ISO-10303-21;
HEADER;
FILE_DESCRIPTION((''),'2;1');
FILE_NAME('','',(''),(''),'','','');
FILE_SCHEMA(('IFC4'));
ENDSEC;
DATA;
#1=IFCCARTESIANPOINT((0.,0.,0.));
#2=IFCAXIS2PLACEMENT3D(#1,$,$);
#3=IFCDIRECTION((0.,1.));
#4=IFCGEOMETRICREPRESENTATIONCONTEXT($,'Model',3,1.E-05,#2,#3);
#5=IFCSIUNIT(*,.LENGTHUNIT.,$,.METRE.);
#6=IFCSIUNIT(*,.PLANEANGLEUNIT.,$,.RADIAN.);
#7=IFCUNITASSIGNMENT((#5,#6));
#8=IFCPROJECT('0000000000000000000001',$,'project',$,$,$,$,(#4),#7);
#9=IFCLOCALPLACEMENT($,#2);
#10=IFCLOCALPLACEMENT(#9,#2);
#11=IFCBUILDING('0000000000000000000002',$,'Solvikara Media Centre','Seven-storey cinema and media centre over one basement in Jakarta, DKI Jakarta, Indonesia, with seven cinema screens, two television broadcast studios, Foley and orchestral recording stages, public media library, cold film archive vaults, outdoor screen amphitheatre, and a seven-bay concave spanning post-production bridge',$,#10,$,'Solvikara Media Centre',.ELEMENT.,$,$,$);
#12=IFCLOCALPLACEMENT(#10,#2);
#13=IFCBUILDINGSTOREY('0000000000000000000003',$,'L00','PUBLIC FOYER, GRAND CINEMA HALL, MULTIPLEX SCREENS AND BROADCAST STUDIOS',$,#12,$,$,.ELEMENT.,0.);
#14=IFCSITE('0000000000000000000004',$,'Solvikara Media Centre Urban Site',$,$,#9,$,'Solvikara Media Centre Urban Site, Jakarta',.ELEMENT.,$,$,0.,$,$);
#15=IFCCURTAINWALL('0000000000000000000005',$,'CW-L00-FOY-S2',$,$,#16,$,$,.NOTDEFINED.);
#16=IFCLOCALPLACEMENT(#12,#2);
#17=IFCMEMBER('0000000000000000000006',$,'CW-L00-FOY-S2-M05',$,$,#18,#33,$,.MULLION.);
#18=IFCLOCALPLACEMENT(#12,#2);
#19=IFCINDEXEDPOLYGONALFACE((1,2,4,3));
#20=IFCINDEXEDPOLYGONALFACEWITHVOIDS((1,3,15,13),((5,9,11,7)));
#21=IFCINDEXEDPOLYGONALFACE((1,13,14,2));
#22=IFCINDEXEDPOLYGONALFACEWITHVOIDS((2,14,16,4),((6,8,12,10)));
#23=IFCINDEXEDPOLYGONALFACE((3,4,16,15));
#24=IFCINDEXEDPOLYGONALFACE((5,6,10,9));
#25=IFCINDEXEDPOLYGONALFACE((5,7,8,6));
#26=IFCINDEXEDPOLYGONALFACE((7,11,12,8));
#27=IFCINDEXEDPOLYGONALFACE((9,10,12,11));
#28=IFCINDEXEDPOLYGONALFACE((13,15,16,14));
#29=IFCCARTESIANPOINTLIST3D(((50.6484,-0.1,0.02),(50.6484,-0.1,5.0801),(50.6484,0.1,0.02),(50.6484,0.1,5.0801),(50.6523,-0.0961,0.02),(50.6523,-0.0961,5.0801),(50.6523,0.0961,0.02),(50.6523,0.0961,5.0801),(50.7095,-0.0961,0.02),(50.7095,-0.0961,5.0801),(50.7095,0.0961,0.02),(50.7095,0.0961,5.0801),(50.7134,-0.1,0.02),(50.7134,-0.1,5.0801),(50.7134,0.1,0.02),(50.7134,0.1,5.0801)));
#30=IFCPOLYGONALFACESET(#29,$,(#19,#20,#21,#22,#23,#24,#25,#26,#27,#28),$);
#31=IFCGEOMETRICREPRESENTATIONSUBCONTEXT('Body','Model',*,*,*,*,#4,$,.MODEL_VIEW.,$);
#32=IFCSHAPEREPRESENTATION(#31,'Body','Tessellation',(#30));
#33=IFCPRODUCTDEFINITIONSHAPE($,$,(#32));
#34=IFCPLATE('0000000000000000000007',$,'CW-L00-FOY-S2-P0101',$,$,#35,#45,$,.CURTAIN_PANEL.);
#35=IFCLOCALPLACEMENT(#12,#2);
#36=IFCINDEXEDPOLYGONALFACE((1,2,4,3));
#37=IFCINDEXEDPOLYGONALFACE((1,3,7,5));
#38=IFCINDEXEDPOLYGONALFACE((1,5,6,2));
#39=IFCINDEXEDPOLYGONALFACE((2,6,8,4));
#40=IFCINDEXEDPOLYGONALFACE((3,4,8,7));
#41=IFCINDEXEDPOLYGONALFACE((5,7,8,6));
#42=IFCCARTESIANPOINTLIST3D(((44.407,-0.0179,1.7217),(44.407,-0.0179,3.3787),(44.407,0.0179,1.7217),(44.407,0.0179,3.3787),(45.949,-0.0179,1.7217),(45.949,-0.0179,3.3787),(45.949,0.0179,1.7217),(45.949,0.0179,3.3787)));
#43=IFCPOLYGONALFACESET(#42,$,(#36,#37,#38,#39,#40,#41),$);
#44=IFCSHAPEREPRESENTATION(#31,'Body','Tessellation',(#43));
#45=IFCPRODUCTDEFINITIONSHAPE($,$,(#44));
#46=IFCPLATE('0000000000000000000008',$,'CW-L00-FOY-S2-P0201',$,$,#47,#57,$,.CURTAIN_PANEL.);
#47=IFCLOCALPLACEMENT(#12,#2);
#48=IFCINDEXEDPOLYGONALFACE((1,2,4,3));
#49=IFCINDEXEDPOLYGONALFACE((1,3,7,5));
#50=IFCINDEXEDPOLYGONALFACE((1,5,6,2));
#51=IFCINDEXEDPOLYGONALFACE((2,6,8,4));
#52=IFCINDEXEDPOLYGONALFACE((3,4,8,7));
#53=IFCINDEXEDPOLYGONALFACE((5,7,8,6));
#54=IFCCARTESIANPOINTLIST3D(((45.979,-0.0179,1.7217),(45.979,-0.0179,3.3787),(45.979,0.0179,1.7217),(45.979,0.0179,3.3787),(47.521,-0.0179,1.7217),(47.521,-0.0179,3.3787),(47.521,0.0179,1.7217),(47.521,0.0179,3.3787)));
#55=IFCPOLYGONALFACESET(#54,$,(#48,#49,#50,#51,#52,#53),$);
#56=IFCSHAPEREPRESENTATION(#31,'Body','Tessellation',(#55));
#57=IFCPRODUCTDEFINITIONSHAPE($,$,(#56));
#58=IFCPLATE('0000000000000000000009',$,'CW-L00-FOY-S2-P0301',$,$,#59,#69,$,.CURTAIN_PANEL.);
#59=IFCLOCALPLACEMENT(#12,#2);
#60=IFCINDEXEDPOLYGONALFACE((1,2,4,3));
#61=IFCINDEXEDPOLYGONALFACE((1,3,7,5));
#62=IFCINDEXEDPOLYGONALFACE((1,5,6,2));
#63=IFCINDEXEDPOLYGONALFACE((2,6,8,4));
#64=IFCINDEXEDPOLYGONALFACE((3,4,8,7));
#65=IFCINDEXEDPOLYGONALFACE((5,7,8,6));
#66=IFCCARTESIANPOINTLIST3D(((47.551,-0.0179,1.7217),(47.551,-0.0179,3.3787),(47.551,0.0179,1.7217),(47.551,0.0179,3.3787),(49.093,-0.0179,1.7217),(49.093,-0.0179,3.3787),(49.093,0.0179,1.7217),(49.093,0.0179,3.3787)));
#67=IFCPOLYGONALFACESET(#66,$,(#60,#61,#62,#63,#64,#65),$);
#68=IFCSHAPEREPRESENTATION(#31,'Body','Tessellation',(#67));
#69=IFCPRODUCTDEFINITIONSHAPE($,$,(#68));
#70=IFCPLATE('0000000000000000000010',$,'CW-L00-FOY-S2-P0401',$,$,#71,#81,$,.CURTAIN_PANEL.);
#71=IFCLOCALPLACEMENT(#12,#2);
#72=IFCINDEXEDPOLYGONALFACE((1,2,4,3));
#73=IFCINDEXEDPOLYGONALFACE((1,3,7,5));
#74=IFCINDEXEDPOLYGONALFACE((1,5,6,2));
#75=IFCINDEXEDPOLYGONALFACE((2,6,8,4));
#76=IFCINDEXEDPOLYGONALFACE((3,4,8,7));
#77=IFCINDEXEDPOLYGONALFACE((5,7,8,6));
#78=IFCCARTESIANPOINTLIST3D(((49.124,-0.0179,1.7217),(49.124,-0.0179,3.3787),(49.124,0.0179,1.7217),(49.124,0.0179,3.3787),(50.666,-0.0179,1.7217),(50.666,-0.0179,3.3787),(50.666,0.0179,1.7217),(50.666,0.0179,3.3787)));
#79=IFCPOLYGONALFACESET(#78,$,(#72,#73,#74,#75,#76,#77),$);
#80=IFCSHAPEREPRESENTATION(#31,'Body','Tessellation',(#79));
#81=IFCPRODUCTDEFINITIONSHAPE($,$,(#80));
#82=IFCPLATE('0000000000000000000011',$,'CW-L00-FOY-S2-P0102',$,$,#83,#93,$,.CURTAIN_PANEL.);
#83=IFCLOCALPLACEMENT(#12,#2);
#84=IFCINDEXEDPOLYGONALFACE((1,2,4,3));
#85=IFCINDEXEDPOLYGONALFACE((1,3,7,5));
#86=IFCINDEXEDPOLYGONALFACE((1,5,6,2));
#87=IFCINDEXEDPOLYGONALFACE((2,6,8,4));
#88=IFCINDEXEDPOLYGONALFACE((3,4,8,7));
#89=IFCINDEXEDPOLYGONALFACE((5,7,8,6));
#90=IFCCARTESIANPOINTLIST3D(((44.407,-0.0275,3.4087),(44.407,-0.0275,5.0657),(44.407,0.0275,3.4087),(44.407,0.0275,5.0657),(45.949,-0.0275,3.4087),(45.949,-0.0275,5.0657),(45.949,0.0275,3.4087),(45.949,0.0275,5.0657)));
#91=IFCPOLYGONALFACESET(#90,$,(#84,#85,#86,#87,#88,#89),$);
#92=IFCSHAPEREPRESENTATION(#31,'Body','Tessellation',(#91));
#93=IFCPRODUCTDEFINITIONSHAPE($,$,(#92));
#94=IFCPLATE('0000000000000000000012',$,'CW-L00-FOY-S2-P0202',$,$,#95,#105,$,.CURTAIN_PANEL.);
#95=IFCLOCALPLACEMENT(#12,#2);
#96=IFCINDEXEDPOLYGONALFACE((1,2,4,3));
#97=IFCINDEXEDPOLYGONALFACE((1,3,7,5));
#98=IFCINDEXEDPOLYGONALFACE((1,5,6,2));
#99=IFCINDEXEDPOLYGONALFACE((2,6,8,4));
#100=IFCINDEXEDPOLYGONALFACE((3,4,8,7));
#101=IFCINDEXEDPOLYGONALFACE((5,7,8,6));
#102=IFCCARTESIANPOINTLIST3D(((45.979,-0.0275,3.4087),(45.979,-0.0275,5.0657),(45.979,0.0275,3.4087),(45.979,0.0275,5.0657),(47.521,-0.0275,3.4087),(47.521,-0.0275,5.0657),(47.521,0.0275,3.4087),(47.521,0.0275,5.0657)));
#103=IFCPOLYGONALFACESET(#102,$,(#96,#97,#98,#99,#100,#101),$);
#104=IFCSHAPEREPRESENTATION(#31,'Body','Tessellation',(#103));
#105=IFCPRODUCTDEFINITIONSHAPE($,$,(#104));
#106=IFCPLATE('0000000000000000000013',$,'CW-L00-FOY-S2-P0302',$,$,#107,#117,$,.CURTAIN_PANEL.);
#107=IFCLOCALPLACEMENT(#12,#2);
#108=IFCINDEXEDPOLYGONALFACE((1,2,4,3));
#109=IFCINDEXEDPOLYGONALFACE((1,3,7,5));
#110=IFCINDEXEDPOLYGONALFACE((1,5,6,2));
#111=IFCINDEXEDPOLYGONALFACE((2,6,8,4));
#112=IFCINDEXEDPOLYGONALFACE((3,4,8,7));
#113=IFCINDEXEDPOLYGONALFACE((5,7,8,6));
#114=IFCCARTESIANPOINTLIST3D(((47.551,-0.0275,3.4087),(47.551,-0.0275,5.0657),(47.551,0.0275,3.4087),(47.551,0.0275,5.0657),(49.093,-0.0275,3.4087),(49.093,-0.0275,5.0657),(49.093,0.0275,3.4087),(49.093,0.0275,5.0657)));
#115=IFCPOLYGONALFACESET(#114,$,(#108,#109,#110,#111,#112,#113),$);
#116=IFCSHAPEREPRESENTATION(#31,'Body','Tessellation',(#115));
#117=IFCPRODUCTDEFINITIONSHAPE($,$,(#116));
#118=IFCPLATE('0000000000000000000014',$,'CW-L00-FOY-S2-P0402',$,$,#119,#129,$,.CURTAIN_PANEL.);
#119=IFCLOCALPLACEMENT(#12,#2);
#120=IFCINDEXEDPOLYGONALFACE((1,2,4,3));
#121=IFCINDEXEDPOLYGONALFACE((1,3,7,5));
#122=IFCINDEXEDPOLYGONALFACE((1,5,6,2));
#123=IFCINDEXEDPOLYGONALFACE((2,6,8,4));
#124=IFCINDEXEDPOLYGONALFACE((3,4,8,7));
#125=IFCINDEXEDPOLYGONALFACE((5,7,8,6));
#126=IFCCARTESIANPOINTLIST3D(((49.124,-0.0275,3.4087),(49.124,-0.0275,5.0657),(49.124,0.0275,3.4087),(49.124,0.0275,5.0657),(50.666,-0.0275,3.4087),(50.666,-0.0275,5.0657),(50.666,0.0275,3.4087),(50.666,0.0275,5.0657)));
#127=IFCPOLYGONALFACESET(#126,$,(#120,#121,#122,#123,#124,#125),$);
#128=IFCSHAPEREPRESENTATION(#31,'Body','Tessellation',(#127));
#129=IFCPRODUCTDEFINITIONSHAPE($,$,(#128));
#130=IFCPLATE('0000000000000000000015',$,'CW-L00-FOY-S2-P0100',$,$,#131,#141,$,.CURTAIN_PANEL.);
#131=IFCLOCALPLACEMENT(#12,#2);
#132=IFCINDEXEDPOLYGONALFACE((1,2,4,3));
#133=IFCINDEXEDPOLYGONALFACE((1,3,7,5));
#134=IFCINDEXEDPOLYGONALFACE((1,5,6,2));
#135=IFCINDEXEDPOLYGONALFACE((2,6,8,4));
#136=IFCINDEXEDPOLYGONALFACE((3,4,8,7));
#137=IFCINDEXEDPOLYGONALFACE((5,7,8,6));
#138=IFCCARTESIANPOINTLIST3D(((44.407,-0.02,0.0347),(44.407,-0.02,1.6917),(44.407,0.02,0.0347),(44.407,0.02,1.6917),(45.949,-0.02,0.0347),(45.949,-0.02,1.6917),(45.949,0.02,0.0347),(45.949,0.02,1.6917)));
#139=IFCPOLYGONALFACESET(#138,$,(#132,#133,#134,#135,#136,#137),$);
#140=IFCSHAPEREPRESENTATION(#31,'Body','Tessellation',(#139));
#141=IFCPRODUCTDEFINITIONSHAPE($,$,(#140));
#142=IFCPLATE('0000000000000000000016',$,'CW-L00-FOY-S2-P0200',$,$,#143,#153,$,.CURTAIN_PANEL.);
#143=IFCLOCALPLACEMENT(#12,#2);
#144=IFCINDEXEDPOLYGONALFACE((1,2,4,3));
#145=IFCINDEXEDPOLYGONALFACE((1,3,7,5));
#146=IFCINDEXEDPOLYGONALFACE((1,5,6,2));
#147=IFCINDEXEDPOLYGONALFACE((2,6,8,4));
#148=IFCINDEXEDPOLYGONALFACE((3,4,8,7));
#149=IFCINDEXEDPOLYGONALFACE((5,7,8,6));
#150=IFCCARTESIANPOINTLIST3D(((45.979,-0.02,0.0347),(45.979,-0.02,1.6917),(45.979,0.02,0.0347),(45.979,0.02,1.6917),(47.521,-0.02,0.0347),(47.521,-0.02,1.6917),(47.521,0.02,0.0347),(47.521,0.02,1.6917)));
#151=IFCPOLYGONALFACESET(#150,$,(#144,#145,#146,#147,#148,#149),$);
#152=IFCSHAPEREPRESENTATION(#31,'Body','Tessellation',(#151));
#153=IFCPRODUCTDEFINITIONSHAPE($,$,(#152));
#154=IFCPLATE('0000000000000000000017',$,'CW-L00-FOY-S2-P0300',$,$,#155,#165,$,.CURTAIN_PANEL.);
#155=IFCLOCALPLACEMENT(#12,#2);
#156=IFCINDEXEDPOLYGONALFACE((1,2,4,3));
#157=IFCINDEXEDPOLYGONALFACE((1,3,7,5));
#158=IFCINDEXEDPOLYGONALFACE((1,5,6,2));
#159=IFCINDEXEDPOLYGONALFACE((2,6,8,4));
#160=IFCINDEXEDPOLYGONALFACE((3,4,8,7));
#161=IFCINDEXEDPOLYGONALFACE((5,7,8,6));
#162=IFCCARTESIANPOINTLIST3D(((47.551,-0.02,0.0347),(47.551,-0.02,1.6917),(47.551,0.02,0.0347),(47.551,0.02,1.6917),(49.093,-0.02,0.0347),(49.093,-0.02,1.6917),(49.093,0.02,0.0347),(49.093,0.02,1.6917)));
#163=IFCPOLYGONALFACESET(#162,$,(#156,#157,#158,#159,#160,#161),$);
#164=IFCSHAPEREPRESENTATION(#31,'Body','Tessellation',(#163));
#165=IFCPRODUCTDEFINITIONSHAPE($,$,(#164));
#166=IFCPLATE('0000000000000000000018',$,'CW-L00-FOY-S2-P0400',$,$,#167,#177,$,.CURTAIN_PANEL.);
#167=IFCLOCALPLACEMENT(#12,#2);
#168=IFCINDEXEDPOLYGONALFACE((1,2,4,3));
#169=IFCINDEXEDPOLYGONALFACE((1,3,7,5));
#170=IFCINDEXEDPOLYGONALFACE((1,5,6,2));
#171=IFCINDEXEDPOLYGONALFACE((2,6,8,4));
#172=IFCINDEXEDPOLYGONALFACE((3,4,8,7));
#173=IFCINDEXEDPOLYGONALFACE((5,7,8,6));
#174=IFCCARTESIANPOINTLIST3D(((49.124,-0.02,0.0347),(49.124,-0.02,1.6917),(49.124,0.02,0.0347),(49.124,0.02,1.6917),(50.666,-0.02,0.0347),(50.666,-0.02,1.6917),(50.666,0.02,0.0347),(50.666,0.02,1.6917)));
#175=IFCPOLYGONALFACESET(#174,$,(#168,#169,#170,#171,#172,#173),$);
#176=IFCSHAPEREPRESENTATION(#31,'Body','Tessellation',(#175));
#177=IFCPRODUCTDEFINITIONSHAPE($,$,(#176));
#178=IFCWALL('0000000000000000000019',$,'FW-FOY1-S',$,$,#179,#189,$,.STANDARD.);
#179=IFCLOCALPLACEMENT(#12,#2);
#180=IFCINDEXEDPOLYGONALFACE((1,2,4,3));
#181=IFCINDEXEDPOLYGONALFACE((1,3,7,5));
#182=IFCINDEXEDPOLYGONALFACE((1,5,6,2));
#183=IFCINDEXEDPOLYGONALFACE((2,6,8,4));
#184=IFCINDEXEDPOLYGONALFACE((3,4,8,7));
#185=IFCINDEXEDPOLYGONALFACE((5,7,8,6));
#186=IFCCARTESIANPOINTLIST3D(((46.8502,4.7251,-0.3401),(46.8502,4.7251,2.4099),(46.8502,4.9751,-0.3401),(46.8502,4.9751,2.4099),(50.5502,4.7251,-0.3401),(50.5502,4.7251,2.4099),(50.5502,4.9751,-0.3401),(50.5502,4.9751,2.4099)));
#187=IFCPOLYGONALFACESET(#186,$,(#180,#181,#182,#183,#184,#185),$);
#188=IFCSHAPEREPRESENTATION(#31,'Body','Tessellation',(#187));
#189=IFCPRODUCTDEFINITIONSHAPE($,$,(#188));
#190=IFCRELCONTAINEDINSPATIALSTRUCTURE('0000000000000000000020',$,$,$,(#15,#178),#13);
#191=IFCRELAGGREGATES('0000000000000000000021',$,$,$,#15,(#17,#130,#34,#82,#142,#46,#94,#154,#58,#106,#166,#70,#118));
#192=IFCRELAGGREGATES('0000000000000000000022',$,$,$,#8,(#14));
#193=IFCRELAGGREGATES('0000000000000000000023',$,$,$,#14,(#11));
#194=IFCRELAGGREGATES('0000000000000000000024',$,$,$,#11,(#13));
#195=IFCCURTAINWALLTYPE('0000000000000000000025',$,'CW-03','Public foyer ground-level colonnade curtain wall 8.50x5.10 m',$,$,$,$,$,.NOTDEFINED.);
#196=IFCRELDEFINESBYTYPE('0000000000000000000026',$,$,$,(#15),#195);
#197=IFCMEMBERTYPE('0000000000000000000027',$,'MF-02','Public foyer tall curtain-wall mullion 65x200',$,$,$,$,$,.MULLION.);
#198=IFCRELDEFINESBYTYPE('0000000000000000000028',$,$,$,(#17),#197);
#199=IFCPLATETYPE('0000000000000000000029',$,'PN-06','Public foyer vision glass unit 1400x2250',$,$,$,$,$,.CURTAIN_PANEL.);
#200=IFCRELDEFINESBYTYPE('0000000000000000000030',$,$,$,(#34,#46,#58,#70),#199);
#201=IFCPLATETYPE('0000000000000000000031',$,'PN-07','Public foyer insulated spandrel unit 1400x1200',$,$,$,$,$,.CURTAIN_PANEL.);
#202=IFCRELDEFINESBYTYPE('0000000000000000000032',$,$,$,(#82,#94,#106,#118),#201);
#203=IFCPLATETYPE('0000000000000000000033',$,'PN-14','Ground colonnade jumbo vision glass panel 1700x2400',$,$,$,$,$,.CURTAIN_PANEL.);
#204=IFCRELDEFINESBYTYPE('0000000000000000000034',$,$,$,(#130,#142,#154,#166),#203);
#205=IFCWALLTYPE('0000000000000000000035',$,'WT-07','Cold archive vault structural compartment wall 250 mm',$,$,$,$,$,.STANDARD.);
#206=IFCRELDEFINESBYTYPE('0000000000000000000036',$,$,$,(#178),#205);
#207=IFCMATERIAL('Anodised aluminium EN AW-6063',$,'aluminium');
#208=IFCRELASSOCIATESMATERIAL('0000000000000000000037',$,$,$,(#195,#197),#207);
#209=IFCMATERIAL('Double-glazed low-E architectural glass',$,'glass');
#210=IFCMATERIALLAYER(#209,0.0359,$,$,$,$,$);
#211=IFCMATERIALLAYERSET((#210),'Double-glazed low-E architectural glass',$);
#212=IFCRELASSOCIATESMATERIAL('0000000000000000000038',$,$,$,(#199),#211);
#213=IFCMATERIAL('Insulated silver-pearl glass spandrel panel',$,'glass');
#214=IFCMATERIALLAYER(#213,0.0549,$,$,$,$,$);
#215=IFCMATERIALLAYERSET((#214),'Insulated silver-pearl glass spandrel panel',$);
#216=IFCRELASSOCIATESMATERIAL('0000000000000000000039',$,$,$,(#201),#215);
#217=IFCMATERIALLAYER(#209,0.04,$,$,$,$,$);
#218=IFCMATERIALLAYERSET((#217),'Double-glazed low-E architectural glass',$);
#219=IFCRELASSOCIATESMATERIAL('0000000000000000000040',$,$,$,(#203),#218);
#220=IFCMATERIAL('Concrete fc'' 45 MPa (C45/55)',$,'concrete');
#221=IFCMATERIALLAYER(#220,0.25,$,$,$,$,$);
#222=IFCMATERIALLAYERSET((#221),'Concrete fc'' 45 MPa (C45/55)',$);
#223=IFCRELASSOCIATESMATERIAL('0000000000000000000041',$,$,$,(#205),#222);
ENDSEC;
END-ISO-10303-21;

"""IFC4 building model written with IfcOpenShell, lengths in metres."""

from ifc_helpers import new_model, si_unit, direction, frame, frame_2d, origin, origin_2d, place, context, subcontext, project, spatial, rectangle, hollow_rectangle, extrude, material, layer, layer_set, material_profile, profile_set, type_object, element, aggregate, save


model = new_model("IFC4")

# Units and contexts
model_context = context("Model", 3, precision=1e-05, world=origin(), true_north=direction((0.0, 1.0)))
body_context = subcontext(model_context, "Body", "Model", "MODEL_VIEW")
ifc_project = project(units=[si_unit("LENGTHUNIT", "METRE"), si_unit("PLANEANGLEUNIT", "RADIAN")], contexts=[model_context])

# Site, building, storey
site_placement = place(None, origin())
site = spatial("IfcSite", under=ifc_project, at=site_placement, Name="Solvikara Media Centre Urban Site", LongName="Solvikara Media Centre Urban Site, Jakarta", CompositionType="ELEMENT", RefElevation=0.0)
building_placement = place(site_placement, origin())
building = spatial("IfcBuilding", under=site, at=building_placement, Name="Solvikara Media Centre", Description="Seven-storey cinema and media centre over one basement in Jakarta, DKI Jakarta, Indonesia, with seven cinema screens, two television broadcast studios, Foley and orchestral recording stages, public media library, cold film archive vaults, outdoor screen amphitheatre, and a seven-bay concave spanning post-production bridge", LongName="Solvikara Media Centre", CompositionType="ELEMENT")
storey_placement = place(building_placement, origin())
storey = spatial("IfcBuildingStorey", under=building, at=storey_placement, Name="L00", Description="PUBLIC FOYER, GRAND CINEMA HALL, MULTIPLEX SCREENS AND BROADCAST STUDIOS", CompositionType="ELEMENT", Elevation=0.0)

# Curtain wall, member, plates
ifc_material_1 = material(Name="Anodised aluminium EN AW-6063", Category="aluminium")
curtain_wall_type = type_object("IfcCurtainWallType", Name="CW-03", Description="Public foyer ground-level colonnade curtain wall 8.50x5.10 m", PredefinedType="NOTDEFINED", material=ifc_material_1)
curtain_wall_placement = place(storey_placement, origin())
curtain_wall = element("IfcCurtainWall", 1, at=curtain_wall_placement, inside=storey, type_object=curtain_wall_type, Name="CW-L00-FOY-S2", PredefinedType="NOTDEFINED")
ifc_material_profile_1 = material_profile(ifc_material_1, hollow_rectangle(XDim=0.0649, YDim=0.2, WallThickness=0.0039, at=origin_2d()), Name="ALU-M 65x200x4")
ifc_profile_set_1 = profile_set([ifc_material_profile_1], Name="Anodised aluminium EN AW-6063")
member_type = type_object("IfcMemberType", Name="MF-02", Description="Public foyer tall curtain-wall mullion 65x200", PredefinedType="MULLION", material=ifc_profile_set_1)
member_1_placement = place(storey_placement, frame((50.6809, 0.0, 0.02), z_axis=(0.0, 0.0, 1.0), x_axis=(1.0, 0.0, 0.0)))
member_1 = element("IfcMember", 2, at=member_1_placement, type_object=member_type, Name="CW-L00-FOY-S2-M05", PredefinedType="MULLION", context=body_context, shape_type="SweptSolid", body=[
    extrude(hollow_rectangle(XDim=0.0649, YDim=0.2, WallThickness=0.0039, at=origin_2d()), origin(), (0.0, 0.0, 1.0), 5.0601),
])
ifc_material_2 = material(Name="Double-glazed low-E architectural glass", Category="glass")
ifc_layer_1 = layer(ifc_material_2, 0.0359)
ifc_layer_set_1 = layer_set([ifc_layer_1], Name="Double-glazed low-E architectural glass")
plate_type_1 = type_object("IfcPlateType", Name="PN-06", Description="Public foyer vision glass unit 1400x2250", PredefinedType="CURTAIN_PANEL", material=ifc_layer_set_1)
plate_1_placement = place(storey_placement, frame((45.178, 0.0, 1.7217), z_axis=(0.0, 0.0, 1.0), x_axis=(1.0, 0.0, 0.0)))
plate_1 = element("IfcPlate", 3, at=plate_1_placement, type_object=plate_type_1, Name="CW-L00-FOY-S2-P0101", PredefinedType="CURTAIN_PANEL", context=body_context, shape_type="SweptSolid", body=[
    extrude(rectangle(XDim=1.542, YDim=0.0359, at=origin_2d()), origin(), (0.0, 0.0, 1.0), 1.657),
])
plate_2_placement = place(storey_placement, frame((46.75, 0.0, 1.7217), z_axis=(0.0, 0.0, 1.0), x_axis=(1.0, 0.0, 0.0)))
plate_2 = element("IfcPlate", 4, at=plate_2_placement, type_object=plate_type_1, Name="CW-L00-FOY-S2-P0201", PredefinedType="CURTAIN_PANEL", context=body_context, shape_type="SweptSolid", body=[
    extrude(rectangle(XDim=1.542, YDim=0.0359, at=origin_2d()), origin(), (0.0, 0.0, 1.0), 1.657),
])
plate_3_placement = place(storey_placement, frame((48.322, 0.0, 1.7217), z_axis=(0.0, 0.0, 1.0), x_axis=(1.0, 0.0, 0.0)))
plate_3 = element("IfcPlate", 5, at=plate_3_placement, type_object=plate_type_1, Name="CW-L00-FOY-S2-P0301", PredefinedType="CURTAIN_PANEL", context=body_context, shape_type="SweptSolid", body=[
    extrude(rectangle(XDim=1.542, YDim=0.0359, at=origin_2d()), origin(), (0.0, 0.0, 1.0), 1.657),
])
plate_4_placement = place(storey_placement, frame((49.895, 0.0, 1.7217), z_axis=(0.0, 0.0, 1.0), x_axis=(1.0, 0.0, 0.0)))
plate_4 = element("IfcPlate", 6, at=plate_4_placement, type_object=plate_type_1, Name="CW-L00-FOY-S2-P0401", PredefinedType="CURTAIN_PANEL", context=body_context, shape_type="SweptSolid", body=[
    extrude(rectangle(XDim=1.542, YDim=0.0359, at=origin_2d()), origin(), (0.0, 0.0, 1.0), 1.657),
])
ifc_material_3 = material(Name="Insulated silver-pearl glass spandrel panel", Category="glass")
ifc_layer_2 = layer(ifc_material_3, 0.0549)
ifc_layer_set_2 = layer_set([ifc_layer_2], Name="Insulated silver-pearl glass spandrel panel")
plate_type_2 = type_object("IfcPlateType", Name="PN-07", Description="Public foyer insulated spandrel unit 1400x1200", PredefinedType="CURTAIN_PANEL", material=ifc_layer_set_2)
plate_5_placement = place(storey_placement, frame((45.178, 0.0, 3.4087), z_axis=(0.0, 0.0, 1.0), x_axis=(1.0, 0.0, 0.0)))
plate_5 = element("IfcPlate", 7, at=plate_5_placement, type_object=plate_type_2, Name="CW-L00-FOY-S2-P0102", PredefinedType="CURTAIN_PANEL", context=body_context, shape_type="SweptSolid", body=[
    extrude(rectangle(XDim=1.542, YDim=0.0549, at=origin_2d()), origin(), (0.0, 0.0, 1.0), 1.657),
])
plate_6_placement = place(storey_placement, frame((46.75, 0.0, 3.4087), z_axis=(0.0, 0.0, 1.0), x_axis=(1.0, 0.0, 0.0)))
plate_6 = element("IfcPlate", 8, at=plate_6_placement, type_object=plate_type_2, Name="CW-L00-FOY-S2-P0202", PredefinedType="CURTAIN_PANEL", context=body_context, shape_type="SweptSolid", body=[
    extrude(rectangle(XDim=1.542, YDim=0.0549, at=origin_2d()), origin(), (0.0, 0.0, 1.0), 1.657),
])
plate_7_placement = place(storey_placement, frame((48.322, 0.0, 3.4087), z_axis=(0.0, 0.0, 1.0), x_axis=(1.0, 0.0, 0.0)))
plate_7 = element("IfcPlate", 9, at=plate_7_placement, type_object=plate_type_2, Name="CW-L00-FOY-S2-P0302", PredefinedType="CURTAIN_PANEL", context=body_context, shape_type="SweptSolid", body=[
    extrude(rectangle(XDim=1.542, YDim=0.0549, at=origin_2d()), origin(), (0.0, 0.0, 1.0), 1.657),
])
plate_8_placement = place(storey_placement, frame((49.895, 0.0, 3.4087), z_axis=(0.0, 0.0, 1.0), x_axis=(1.0, 0.0, 0.0)))
plate_8 = element("IfcPlate", 10, at=plate_8_placement, type_object=plate_type_2, Name="CW-L00-FOY-S2-P0402", PredefinedType="CURTAIN_PANEL", context=body_context, shape_type="SweptSolid", body=[
    extrude(rectangle(XDim=1.542, YDim=0.0549, at=origin_2d()), origin(), (0.0, 0.0, 1.0), 1.657),
])
ifc_layer_3 = layer(ifc_material_2, 0.04)
ifc_layer_set_3 = layer_set([ifc_layer_3], Name="Double-glazed low-E architectural glass")
plate_type_3 = type_object("IfcPlateType", Name="PN-14", Description="Ground colonnade jumbo vision glass panel 1700x2400", PredefinedType="CURTAIN_PANEL", material=ifc_layer_set_3)
plate_9_placement = place(storey_placement, frame((45.178, 0.0, 0.0347), z_axis=(0.0, 0.0, 1.0), x_axis=(1.0, 0.0, 0.0)))
plate_9 = element("IfcPlate", 11, at=plate_9_placement, type_object=plate_type_3, Name="CW-L00-FOY-S2-P0100", PredefinedType="CURTAIN_PANEL", context=body_context, shape_type="SweptSolid", body=[
    extrude(rectangle(XDim=1.542, YDim=0.04, at=origin_2d()), origin(), (0.0, 0.0, 1.0), 1.657),
])
plate_10_placement = place(storey_placement, frame((46.75, 0.0, 0.0347), z_axis=(0.0, 0.0, 1.0), x_axis=(1.0, 0.0, 0.0)))
plate_10 = element("IfcPlate", 12, at=plate_10_placement, type_object=plate_type_3, Name="CW-L00-FOY-S2-P0200", PredefinedType="CURTAIN_PANEL", context=body_context, shape_type="SweptSolid", body=[
    extrude(rectangle(XDim=1.542, YDim=0.04, at=origin_2d()), origin(), (0.0, 0.0, 1.0), 1.657),
])
plate_11_placement = place(storey_placement, frame((48.322, 0.0, 0.0347), z_axis=(0.0, 0.0, 1.0), x_axis=(1.0, 0.0, 0.0)))
plate_11 = element("IfcPlate", 13, at=plate_11_placement, type_object=plate_type_3, Name="CW-L00-FOY-S2-P0300", PredefinedType="CURTAIN_PANEL", context=body_context, shape_type="SweptSolid", body=[
    extrude(rectangle(XDim=1.542, YDim=0.04, at=origin_2d()), origin(), (0.0, 0.0, 1.0), 1.657),
])
plate_12_placement = place(storey_placement, frame((49.895, 0.0, 0.0347), z_axis=(0.0, 0.0, 1.0), x_axis=(1.0, 0.0, 0.0)))
plate_12 = element("IfcPlate", 14, at=plate_12_placement, type_object=plate_type_3, Name="CW-L00-FOY-S2-P0400", PredefinedType="CURTAIN_PANEL", context=body_context, shape_type="SweptSolid", body=[
    extrude(rectangle(XDim=1.542, YDim=0.04, at=origin_2d()), origin(), (0.0, 0.0, 1.0), 1.657),
])
aggregate(curtain_wall, [member_1, plate_9, plate_1, plate_5, plate_10, plate_2, plate_6, plate_11, plate_3, plate_7, plate_12, plate_4, plate_8])

# Wall
ifc_material_4 = material(Name="Concrete fc' 45 MPa (C45/55)", Category="concrete")
ifc_layer_4 = layer(ifc_material_4, 0.25)
ifc_layer_set_4 = layer_set([ifc_layer_4], Name="Concrete fc' 45 MPa (C45/55)")
wall_type = type_object("IfcWallType", Name="WT-07", Description="Cold archive vault structural compartment wall 250 mm", PredefinedType="STANDARD", material=ifc_layer_set_4)
wall_1_placement = place(storey_placement, frame((46.8501, 4.8501, -0.3401), z_axis=(0.0, 0.0, 1.0), x_axis=(1.0, 0.0, 0.0)))
element("IfcWall", 15, at=wall_1_placement, inside=storey, type_object=wall_type, Name="FW-FOY1-S", PredefinedType="STANDARD", context=body_context, shape_type="SweptSolid", body=[
    extrude(rectangle(XDim=3.7, YDim=0.25, at=frame_2d((1.8501, 0.0))), origin(), (0.0, 0.0, 1.0), 2.75),
])

save(model, "model.ifc")
